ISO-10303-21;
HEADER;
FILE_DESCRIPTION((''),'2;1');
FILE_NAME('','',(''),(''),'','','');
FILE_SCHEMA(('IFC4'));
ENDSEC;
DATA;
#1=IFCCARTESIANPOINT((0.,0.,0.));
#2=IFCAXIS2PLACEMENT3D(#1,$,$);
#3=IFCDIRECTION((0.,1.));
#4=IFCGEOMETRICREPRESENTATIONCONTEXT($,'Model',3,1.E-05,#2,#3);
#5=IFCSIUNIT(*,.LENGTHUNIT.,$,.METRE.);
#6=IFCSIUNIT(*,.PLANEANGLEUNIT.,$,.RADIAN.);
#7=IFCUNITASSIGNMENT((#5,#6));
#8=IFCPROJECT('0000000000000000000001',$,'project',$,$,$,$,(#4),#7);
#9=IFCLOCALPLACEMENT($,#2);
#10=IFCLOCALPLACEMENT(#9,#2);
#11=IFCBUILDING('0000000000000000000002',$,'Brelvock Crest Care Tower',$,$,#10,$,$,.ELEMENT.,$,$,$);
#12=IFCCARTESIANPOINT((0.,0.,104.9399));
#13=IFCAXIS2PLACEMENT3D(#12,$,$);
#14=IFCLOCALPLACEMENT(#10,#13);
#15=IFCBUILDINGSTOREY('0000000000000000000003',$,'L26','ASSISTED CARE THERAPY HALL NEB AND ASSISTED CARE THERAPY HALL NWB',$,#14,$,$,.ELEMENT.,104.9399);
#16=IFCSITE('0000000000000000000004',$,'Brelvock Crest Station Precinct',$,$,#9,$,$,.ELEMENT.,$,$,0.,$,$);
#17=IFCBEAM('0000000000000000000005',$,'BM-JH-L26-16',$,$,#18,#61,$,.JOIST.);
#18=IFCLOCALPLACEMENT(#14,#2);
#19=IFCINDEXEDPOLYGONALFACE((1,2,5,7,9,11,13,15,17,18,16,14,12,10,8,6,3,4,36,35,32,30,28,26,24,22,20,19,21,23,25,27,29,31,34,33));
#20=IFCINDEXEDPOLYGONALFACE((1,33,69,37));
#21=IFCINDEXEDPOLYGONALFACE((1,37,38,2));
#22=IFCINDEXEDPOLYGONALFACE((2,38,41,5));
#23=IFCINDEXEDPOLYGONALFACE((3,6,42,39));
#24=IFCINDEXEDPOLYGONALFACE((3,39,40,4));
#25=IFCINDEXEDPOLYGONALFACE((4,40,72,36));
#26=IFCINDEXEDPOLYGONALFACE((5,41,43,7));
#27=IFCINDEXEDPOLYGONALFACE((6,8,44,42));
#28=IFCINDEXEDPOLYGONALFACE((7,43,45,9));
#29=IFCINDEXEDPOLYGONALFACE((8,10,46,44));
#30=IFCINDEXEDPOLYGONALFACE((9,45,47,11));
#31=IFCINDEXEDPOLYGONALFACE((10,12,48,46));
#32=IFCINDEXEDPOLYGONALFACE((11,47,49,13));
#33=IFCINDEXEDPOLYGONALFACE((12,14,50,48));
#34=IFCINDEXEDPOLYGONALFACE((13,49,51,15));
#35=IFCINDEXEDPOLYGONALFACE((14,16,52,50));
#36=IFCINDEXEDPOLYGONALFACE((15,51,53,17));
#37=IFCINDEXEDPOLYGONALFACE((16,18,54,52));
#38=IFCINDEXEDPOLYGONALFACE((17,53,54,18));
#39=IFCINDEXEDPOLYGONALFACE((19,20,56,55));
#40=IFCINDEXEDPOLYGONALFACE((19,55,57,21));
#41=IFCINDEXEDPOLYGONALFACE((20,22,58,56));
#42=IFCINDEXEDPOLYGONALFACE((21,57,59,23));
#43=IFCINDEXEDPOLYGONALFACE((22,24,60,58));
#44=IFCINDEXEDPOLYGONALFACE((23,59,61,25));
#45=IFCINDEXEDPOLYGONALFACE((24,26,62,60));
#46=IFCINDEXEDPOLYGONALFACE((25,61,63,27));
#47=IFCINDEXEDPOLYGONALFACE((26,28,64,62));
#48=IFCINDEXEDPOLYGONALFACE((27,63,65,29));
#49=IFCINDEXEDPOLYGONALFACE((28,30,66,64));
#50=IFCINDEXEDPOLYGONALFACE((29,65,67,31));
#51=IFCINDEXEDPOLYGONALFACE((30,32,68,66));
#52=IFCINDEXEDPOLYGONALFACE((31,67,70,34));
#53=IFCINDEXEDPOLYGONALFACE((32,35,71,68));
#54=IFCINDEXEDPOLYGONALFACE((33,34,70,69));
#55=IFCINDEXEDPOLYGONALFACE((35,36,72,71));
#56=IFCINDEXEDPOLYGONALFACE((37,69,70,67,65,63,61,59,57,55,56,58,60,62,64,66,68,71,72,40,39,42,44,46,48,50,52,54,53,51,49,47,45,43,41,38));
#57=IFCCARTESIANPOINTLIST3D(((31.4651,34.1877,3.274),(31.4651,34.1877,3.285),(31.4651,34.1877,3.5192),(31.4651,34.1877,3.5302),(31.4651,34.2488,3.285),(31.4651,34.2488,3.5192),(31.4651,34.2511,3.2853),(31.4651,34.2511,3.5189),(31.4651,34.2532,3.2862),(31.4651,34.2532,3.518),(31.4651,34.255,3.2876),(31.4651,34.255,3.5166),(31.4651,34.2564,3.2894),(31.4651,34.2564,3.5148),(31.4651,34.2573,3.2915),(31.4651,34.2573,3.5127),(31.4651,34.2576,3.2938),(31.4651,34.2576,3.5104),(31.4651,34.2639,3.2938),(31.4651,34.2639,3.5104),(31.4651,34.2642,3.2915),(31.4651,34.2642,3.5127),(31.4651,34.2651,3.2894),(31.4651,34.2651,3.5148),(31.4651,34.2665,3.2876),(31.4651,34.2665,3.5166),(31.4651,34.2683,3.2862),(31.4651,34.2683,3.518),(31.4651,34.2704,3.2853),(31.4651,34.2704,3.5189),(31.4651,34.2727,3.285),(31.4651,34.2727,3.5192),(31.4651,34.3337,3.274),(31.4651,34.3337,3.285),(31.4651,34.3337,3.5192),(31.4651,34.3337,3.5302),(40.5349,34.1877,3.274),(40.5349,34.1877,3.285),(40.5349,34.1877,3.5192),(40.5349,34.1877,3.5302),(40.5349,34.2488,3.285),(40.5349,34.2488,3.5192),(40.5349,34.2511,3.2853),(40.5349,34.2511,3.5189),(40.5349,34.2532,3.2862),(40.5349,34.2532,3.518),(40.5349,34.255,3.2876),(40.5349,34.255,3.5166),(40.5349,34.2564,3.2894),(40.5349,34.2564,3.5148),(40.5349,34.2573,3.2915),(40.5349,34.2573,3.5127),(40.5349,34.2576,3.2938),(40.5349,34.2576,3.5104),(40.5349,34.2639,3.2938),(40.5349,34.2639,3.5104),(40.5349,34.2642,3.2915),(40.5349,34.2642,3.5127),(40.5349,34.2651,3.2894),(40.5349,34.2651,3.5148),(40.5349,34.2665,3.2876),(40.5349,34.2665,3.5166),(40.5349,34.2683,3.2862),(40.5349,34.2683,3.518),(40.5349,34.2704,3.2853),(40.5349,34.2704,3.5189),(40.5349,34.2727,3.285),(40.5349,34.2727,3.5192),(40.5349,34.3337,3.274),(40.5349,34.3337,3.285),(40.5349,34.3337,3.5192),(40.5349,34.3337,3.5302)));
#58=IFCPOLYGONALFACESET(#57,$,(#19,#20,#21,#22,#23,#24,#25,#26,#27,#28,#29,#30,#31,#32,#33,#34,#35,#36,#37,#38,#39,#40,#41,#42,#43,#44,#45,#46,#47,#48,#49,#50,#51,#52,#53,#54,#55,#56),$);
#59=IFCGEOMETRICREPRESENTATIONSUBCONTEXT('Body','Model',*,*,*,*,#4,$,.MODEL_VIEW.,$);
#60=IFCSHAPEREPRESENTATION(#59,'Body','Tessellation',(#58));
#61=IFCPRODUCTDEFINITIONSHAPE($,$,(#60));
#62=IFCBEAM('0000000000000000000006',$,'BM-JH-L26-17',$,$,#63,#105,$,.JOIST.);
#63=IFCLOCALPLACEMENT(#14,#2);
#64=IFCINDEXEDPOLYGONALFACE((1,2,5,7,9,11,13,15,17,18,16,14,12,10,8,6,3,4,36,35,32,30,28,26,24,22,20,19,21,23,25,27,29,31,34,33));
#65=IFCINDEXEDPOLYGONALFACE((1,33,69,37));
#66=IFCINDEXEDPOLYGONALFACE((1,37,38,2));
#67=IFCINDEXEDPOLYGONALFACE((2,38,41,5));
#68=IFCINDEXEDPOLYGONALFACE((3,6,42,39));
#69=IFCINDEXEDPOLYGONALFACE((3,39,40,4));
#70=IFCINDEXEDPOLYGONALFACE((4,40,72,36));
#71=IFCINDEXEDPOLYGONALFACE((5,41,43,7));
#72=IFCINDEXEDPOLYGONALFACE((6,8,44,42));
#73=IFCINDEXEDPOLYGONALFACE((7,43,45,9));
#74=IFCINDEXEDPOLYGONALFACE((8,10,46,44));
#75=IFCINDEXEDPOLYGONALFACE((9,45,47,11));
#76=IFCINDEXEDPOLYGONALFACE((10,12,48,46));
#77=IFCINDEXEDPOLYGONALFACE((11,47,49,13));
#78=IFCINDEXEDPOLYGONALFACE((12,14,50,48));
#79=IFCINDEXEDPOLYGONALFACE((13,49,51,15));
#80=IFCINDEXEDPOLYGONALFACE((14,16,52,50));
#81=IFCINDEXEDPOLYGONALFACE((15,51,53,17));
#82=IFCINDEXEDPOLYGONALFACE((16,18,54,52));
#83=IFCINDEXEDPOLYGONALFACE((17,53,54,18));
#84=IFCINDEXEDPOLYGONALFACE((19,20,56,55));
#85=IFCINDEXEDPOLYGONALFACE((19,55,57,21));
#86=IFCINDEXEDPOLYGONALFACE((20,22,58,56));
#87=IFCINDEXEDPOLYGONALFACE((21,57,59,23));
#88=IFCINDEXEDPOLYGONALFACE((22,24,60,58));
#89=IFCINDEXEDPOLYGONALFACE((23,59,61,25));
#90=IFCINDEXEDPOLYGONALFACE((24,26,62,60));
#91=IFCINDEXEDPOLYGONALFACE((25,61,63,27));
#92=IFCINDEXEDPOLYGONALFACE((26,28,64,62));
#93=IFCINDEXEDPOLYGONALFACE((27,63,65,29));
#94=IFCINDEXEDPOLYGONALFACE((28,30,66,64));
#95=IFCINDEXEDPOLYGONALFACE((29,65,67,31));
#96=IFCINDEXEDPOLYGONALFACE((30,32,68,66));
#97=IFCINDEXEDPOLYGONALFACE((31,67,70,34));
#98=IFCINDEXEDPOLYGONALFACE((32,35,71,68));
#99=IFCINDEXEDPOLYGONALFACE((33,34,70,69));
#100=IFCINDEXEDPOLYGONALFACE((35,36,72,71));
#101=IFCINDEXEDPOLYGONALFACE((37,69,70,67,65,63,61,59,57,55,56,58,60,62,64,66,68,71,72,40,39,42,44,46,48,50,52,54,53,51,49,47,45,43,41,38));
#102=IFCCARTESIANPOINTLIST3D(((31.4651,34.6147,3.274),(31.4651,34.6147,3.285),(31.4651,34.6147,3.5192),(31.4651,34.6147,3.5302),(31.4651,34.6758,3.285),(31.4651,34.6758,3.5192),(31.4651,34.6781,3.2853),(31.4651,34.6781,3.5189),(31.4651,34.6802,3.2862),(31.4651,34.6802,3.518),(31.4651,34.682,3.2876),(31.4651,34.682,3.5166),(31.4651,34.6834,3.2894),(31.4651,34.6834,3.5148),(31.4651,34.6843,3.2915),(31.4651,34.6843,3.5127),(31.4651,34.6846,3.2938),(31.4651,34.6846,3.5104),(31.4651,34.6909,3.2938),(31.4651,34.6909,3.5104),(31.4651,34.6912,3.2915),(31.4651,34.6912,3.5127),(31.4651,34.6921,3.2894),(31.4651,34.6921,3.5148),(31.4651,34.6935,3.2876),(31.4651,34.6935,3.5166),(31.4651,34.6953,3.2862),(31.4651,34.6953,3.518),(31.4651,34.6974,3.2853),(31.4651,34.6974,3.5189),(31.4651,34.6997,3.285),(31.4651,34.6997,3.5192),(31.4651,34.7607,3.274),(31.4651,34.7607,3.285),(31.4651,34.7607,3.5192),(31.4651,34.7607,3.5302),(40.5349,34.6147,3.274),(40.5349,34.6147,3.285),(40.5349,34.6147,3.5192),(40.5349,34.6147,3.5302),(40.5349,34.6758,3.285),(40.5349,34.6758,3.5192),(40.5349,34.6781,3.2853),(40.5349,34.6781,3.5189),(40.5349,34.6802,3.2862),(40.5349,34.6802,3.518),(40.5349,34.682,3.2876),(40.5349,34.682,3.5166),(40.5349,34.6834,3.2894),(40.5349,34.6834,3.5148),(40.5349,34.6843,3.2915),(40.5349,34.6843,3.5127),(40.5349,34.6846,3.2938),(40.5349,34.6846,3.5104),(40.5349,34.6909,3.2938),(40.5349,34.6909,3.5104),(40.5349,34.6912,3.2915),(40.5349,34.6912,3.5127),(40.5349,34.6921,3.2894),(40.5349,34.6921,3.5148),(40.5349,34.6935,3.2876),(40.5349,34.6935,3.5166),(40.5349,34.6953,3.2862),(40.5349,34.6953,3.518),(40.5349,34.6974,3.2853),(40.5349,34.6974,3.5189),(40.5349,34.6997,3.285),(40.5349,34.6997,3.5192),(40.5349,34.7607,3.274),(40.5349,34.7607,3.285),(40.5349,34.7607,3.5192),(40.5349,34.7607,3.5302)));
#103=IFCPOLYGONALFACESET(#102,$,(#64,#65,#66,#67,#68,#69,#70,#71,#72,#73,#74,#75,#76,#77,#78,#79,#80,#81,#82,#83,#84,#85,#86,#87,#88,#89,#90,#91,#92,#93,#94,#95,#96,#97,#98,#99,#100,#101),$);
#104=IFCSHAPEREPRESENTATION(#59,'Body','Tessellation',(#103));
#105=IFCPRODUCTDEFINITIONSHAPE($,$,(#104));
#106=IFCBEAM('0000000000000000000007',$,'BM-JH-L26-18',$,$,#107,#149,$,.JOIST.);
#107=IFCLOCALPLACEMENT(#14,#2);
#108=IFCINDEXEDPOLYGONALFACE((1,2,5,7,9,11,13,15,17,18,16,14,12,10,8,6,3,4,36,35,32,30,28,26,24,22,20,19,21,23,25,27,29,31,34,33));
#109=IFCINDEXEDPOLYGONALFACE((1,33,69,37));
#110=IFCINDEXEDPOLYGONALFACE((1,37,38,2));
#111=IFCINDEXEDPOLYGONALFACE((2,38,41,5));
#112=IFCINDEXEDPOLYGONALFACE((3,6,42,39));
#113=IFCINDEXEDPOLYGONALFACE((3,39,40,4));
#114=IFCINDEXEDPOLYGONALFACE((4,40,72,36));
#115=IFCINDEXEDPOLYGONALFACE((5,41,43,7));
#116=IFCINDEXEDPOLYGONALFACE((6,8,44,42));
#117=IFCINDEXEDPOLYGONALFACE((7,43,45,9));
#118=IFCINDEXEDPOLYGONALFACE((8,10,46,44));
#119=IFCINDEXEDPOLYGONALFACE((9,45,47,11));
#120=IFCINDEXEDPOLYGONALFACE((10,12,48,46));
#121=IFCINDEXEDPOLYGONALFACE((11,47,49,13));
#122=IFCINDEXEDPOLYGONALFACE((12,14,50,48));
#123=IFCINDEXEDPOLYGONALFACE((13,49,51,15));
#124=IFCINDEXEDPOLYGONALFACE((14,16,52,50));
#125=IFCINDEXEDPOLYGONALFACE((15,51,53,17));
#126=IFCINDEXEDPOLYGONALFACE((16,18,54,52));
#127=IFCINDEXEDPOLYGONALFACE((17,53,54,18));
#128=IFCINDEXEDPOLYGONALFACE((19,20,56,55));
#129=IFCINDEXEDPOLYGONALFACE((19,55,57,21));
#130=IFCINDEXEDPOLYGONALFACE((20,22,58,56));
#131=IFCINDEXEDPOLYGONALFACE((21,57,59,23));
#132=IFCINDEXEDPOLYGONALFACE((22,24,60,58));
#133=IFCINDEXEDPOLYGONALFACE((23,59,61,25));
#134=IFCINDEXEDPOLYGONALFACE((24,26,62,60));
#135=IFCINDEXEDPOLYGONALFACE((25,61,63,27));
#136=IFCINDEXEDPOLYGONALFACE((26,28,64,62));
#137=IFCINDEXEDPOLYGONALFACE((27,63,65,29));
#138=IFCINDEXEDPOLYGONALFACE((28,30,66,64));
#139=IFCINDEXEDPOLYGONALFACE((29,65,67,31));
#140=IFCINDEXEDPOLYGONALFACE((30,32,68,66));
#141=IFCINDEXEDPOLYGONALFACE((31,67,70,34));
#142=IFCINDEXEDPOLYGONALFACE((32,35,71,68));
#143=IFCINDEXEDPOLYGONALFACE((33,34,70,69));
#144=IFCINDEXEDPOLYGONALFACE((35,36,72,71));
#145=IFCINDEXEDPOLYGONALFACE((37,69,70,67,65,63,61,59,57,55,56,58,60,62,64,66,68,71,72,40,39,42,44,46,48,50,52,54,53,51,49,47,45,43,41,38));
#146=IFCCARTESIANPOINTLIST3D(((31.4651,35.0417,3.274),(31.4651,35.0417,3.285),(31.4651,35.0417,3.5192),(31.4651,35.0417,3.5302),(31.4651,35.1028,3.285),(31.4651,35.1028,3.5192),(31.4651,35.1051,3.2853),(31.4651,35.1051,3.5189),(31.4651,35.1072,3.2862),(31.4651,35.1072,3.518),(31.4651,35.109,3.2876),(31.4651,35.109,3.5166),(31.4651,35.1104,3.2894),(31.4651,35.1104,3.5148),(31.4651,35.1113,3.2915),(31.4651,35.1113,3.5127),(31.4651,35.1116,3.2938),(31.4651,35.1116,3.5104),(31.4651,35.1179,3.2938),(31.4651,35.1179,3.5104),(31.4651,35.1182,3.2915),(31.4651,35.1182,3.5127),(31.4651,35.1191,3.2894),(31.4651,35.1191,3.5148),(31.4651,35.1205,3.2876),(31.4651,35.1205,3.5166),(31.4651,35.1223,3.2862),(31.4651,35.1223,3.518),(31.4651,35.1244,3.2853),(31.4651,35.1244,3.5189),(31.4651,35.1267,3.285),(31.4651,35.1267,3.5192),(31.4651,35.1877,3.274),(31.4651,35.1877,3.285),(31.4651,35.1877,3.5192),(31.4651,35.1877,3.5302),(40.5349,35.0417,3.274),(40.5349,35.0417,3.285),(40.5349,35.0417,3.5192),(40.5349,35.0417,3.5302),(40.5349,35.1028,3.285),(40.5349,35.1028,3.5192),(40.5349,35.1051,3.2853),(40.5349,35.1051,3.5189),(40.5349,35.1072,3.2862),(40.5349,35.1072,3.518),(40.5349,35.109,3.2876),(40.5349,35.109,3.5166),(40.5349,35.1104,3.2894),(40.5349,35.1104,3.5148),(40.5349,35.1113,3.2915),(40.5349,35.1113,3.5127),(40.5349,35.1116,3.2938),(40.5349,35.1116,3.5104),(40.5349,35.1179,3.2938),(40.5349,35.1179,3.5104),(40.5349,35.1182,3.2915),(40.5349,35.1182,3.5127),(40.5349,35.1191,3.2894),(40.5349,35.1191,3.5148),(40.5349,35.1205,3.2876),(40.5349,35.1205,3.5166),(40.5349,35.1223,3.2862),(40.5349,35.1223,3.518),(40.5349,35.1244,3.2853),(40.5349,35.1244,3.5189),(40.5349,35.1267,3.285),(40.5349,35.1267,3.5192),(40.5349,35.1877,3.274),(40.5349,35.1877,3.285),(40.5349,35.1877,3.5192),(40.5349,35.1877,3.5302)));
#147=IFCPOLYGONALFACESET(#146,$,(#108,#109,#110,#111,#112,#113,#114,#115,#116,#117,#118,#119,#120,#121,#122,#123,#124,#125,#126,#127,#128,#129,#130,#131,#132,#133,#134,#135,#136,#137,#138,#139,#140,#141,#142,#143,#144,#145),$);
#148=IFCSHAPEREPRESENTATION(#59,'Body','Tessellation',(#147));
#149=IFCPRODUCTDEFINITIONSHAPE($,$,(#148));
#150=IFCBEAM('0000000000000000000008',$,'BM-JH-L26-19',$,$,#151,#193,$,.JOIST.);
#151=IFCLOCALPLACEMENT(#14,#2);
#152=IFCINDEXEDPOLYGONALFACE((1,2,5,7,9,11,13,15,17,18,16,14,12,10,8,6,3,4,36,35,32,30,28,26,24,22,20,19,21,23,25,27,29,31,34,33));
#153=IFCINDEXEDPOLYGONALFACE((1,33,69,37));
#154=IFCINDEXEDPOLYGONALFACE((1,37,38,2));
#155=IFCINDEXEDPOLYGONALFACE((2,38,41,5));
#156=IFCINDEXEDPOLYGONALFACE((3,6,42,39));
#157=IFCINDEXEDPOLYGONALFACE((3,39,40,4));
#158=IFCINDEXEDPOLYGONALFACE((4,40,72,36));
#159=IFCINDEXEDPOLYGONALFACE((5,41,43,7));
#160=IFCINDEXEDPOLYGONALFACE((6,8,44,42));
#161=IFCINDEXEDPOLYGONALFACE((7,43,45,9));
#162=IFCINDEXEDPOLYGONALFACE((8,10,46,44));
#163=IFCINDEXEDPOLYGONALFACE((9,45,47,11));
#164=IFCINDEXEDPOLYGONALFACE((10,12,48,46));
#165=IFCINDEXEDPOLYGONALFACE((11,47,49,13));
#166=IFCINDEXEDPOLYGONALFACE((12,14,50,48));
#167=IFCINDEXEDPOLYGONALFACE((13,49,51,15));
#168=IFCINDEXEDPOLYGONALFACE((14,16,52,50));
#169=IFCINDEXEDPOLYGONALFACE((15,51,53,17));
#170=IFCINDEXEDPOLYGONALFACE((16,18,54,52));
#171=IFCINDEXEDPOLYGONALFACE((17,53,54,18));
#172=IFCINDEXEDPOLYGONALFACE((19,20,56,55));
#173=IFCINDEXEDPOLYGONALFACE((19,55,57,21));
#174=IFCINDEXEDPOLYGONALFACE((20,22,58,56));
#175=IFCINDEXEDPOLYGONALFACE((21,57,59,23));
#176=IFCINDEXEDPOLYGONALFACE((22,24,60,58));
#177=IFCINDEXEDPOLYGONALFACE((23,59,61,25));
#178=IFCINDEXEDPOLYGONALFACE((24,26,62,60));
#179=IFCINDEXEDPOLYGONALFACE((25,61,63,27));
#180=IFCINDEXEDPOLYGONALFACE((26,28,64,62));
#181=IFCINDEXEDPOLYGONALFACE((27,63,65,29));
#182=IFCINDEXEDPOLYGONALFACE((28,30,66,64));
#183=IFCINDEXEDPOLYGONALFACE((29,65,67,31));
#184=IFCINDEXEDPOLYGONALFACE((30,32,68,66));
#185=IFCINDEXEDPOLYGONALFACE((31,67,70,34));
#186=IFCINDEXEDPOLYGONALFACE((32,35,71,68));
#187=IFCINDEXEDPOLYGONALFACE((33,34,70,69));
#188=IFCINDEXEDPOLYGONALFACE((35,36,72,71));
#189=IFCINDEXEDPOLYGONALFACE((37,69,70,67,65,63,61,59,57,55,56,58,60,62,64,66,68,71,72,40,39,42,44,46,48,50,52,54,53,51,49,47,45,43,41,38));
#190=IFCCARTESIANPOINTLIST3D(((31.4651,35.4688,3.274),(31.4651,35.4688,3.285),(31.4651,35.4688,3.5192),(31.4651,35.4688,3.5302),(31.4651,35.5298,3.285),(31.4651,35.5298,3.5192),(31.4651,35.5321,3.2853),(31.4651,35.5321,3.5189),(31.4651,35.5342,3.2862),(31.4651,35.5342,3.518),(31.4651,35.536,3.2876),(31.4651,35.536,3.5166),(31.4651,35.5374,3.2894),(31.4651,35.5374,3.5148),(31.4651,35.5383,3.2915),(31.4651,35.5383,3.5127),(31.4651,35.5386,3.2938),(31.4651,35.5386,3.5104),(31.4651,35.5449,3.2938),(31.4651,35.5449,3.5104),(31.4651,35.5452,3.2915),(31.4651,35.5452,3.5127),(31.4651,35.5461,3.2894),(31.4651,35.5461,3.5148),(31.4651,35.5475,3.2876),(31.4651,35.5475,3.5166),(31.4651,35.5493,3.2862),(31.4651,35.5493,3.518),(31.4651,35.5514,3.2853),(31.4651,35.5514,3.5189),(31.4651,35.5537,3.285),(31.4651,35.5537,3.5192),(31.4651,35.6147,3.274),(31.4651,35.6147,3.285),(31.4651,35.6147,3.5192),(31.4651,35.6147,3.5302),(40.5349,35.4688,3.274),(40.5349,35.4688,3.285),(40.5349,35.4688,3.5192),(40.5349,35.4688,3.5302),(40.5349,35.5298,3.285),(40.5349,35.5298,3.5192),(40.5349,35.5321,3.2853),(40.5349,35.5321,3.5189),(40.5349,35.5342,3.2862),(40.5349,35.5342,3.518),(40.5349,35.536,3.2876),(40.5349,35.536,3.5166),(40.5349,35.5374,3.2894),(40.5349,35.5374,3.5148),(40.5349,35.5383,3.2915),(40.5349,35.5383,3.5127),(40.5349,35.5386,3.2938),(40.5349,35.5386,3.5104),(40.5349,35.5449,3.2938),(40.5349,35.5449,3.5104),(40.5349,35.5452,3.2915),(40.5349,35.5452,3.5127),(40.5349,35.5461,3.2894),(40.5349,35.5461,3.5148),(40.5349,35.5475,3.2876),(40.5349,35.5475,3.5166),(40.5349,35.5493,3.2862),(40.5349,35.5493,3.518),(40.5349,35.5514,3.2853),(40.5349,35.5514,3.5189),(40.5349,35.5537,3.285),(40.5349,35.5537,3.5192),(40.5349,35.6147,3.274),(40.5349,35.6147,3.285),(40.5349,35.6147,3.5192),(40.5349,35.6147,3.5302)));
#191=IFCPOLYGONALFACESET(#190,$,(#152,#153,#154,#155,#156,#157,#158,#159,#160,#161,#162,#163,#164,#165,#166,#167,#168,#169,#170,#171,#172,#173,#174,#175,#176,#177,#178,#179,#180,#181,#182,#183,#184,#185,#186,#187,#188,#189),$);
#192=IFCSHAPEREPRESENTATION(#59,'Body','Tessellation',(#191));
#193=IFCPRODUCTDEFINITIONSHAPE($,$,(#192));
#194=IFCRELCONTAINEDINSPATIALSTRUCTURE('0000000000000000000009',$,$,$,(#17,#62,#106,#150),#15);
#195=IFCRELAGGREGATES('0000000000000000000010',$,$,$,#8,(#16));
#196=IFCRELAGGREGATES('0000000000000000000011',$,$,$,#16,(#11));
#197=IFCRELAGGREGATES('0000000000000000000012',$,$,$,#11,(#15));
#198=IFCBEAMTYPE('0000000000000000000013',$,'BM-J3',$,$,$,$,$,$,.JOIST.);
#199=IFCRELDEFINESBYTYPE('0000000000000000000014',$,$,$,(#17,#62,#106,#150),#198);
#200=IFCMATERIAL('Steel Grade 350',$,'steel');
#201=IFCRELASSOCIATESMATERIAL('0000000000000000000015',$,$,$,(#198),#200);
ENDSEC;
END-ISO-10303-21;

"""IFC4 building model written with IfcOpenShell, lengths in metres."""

from ifc_helpers import new_model, si_unit, direction, frame, origin, origin_2d, place, context, subcontext, project, spatial, i_section, extrude, source, transform, mapped, material, material_profile, profile_set, type_object, element, save


model = new_model("IFC4")

# Units and contexts
model_context = context("Model", 3, precision=1e-05, world=origin(), true_north=direction((0.0, 1.0)))
body_context = subcontext(model_context, "Body", "Model", "MODEL_VIEW")
ifc_project = project(units=[si_unit("LENGTHUNIT", "METRE"), si_unit("PLANEANGLEUNIT", "RADIAN")], contexts=[model_context])

# Site, building, storey
site_placement = place(None, origin())
site = spatial("IfcSite", under=ifc_project, at=site_placement, Name="Brelvock Crest Station Precinct", CompositionType="ELEMENT", RefElevation=0.0)
building_placement = place(site_placement, origin())
building = spatial("IfcBuilding", under=site, at=building_placement, Name="Brelvock Crest Care Tower", CompositionType="ELEMENT")
storey_placement = place(building_placement, frame((0.0, 0.0, 104.9399)))
storey = spatial("IfcBuildingStorey", under=building, at=storey_placement, Name="L26", Description="ASSISTED CARE THERAPY HALL NEB AND ASSISTED CARE THERAPY HALL NWB", CompositionType="ELEMENT", Elevation=104.9399)

# Beams
ifc_material_1 = material(Name="Steel Grade 350", Category="steel")
ifc_material_profile_1 = material_profile(ifc_material_1, i_section(OverallWidth=0.146, OverallDepth=0.2561, WebThickness=0.0063, FlangeThickness=0.011, FilletRadius=0.0088, at=origin_2d()), Name="250UB37.3")
ifc_profile_set_1 = profile_set([ifc_material_profile_1], Name="Steel Grade 350")
beam_type_1 = type_object("IfcBeamType", Name="BM-J3", PredefinedType="JOIST", material=ifc_profile_set_1)
shared_shape_1 = source(origin(), body_context, "Body", "SweptSolid", [
    extrude(i_section(OverallWidth=0.146, OverallDepth=0.2561, WebThickness=0.0063, FlangeThickness=0.011, FilletRadius=0.0088, at=origin_2d()), origin(), (0.0, 0.0, 1.0), 9.0698),
])
for number, where, z_axis, x_axis, name in (
    (1, (31.4651, 34.2607, 3.4021), (1.0, 0.0, 0.0), (0.0, 1.0, 0.0), "BM-JH-L26-16"),
    (2, (31.4651, 34.6877, 3.4021), (1.0, 0.0, 0.0), (0.0, 1.0, 0.0), "BM-JH-L26-17"),
    (3, (31.4651, 35.1147, 3.4021), (1.0, 0.0, 0.0), (0.0, 1.0, 0.0), "BM-JH-L26-18"),
    (4, (31.4651, 35.5417, 3.4021), (1.0, 0.0, 0.0), (0.0, 1.0, 0.0), "BM-JH-L26-19"),
):
    element("IfcBeam", number, at=place(storey_placement, frame(where, z_axis=z_axis, x_axis=x_axis)), inside=storey, type_object=beam_type_1, Name=name, PredefinedType="JOIST", context=body_context, shape_type="MappedRepresentation", body=[
        mapped(shared_shape_1, transform((0.0, 0.0, 0.0), x_axis=(1.0, 0.0, 0.0), y_axis=(0.0, 1.0, 0.0), z_axis=(0.0, 0.0, 1.0), scale=1.0)),
    ])

save(model, "model.ifc")
